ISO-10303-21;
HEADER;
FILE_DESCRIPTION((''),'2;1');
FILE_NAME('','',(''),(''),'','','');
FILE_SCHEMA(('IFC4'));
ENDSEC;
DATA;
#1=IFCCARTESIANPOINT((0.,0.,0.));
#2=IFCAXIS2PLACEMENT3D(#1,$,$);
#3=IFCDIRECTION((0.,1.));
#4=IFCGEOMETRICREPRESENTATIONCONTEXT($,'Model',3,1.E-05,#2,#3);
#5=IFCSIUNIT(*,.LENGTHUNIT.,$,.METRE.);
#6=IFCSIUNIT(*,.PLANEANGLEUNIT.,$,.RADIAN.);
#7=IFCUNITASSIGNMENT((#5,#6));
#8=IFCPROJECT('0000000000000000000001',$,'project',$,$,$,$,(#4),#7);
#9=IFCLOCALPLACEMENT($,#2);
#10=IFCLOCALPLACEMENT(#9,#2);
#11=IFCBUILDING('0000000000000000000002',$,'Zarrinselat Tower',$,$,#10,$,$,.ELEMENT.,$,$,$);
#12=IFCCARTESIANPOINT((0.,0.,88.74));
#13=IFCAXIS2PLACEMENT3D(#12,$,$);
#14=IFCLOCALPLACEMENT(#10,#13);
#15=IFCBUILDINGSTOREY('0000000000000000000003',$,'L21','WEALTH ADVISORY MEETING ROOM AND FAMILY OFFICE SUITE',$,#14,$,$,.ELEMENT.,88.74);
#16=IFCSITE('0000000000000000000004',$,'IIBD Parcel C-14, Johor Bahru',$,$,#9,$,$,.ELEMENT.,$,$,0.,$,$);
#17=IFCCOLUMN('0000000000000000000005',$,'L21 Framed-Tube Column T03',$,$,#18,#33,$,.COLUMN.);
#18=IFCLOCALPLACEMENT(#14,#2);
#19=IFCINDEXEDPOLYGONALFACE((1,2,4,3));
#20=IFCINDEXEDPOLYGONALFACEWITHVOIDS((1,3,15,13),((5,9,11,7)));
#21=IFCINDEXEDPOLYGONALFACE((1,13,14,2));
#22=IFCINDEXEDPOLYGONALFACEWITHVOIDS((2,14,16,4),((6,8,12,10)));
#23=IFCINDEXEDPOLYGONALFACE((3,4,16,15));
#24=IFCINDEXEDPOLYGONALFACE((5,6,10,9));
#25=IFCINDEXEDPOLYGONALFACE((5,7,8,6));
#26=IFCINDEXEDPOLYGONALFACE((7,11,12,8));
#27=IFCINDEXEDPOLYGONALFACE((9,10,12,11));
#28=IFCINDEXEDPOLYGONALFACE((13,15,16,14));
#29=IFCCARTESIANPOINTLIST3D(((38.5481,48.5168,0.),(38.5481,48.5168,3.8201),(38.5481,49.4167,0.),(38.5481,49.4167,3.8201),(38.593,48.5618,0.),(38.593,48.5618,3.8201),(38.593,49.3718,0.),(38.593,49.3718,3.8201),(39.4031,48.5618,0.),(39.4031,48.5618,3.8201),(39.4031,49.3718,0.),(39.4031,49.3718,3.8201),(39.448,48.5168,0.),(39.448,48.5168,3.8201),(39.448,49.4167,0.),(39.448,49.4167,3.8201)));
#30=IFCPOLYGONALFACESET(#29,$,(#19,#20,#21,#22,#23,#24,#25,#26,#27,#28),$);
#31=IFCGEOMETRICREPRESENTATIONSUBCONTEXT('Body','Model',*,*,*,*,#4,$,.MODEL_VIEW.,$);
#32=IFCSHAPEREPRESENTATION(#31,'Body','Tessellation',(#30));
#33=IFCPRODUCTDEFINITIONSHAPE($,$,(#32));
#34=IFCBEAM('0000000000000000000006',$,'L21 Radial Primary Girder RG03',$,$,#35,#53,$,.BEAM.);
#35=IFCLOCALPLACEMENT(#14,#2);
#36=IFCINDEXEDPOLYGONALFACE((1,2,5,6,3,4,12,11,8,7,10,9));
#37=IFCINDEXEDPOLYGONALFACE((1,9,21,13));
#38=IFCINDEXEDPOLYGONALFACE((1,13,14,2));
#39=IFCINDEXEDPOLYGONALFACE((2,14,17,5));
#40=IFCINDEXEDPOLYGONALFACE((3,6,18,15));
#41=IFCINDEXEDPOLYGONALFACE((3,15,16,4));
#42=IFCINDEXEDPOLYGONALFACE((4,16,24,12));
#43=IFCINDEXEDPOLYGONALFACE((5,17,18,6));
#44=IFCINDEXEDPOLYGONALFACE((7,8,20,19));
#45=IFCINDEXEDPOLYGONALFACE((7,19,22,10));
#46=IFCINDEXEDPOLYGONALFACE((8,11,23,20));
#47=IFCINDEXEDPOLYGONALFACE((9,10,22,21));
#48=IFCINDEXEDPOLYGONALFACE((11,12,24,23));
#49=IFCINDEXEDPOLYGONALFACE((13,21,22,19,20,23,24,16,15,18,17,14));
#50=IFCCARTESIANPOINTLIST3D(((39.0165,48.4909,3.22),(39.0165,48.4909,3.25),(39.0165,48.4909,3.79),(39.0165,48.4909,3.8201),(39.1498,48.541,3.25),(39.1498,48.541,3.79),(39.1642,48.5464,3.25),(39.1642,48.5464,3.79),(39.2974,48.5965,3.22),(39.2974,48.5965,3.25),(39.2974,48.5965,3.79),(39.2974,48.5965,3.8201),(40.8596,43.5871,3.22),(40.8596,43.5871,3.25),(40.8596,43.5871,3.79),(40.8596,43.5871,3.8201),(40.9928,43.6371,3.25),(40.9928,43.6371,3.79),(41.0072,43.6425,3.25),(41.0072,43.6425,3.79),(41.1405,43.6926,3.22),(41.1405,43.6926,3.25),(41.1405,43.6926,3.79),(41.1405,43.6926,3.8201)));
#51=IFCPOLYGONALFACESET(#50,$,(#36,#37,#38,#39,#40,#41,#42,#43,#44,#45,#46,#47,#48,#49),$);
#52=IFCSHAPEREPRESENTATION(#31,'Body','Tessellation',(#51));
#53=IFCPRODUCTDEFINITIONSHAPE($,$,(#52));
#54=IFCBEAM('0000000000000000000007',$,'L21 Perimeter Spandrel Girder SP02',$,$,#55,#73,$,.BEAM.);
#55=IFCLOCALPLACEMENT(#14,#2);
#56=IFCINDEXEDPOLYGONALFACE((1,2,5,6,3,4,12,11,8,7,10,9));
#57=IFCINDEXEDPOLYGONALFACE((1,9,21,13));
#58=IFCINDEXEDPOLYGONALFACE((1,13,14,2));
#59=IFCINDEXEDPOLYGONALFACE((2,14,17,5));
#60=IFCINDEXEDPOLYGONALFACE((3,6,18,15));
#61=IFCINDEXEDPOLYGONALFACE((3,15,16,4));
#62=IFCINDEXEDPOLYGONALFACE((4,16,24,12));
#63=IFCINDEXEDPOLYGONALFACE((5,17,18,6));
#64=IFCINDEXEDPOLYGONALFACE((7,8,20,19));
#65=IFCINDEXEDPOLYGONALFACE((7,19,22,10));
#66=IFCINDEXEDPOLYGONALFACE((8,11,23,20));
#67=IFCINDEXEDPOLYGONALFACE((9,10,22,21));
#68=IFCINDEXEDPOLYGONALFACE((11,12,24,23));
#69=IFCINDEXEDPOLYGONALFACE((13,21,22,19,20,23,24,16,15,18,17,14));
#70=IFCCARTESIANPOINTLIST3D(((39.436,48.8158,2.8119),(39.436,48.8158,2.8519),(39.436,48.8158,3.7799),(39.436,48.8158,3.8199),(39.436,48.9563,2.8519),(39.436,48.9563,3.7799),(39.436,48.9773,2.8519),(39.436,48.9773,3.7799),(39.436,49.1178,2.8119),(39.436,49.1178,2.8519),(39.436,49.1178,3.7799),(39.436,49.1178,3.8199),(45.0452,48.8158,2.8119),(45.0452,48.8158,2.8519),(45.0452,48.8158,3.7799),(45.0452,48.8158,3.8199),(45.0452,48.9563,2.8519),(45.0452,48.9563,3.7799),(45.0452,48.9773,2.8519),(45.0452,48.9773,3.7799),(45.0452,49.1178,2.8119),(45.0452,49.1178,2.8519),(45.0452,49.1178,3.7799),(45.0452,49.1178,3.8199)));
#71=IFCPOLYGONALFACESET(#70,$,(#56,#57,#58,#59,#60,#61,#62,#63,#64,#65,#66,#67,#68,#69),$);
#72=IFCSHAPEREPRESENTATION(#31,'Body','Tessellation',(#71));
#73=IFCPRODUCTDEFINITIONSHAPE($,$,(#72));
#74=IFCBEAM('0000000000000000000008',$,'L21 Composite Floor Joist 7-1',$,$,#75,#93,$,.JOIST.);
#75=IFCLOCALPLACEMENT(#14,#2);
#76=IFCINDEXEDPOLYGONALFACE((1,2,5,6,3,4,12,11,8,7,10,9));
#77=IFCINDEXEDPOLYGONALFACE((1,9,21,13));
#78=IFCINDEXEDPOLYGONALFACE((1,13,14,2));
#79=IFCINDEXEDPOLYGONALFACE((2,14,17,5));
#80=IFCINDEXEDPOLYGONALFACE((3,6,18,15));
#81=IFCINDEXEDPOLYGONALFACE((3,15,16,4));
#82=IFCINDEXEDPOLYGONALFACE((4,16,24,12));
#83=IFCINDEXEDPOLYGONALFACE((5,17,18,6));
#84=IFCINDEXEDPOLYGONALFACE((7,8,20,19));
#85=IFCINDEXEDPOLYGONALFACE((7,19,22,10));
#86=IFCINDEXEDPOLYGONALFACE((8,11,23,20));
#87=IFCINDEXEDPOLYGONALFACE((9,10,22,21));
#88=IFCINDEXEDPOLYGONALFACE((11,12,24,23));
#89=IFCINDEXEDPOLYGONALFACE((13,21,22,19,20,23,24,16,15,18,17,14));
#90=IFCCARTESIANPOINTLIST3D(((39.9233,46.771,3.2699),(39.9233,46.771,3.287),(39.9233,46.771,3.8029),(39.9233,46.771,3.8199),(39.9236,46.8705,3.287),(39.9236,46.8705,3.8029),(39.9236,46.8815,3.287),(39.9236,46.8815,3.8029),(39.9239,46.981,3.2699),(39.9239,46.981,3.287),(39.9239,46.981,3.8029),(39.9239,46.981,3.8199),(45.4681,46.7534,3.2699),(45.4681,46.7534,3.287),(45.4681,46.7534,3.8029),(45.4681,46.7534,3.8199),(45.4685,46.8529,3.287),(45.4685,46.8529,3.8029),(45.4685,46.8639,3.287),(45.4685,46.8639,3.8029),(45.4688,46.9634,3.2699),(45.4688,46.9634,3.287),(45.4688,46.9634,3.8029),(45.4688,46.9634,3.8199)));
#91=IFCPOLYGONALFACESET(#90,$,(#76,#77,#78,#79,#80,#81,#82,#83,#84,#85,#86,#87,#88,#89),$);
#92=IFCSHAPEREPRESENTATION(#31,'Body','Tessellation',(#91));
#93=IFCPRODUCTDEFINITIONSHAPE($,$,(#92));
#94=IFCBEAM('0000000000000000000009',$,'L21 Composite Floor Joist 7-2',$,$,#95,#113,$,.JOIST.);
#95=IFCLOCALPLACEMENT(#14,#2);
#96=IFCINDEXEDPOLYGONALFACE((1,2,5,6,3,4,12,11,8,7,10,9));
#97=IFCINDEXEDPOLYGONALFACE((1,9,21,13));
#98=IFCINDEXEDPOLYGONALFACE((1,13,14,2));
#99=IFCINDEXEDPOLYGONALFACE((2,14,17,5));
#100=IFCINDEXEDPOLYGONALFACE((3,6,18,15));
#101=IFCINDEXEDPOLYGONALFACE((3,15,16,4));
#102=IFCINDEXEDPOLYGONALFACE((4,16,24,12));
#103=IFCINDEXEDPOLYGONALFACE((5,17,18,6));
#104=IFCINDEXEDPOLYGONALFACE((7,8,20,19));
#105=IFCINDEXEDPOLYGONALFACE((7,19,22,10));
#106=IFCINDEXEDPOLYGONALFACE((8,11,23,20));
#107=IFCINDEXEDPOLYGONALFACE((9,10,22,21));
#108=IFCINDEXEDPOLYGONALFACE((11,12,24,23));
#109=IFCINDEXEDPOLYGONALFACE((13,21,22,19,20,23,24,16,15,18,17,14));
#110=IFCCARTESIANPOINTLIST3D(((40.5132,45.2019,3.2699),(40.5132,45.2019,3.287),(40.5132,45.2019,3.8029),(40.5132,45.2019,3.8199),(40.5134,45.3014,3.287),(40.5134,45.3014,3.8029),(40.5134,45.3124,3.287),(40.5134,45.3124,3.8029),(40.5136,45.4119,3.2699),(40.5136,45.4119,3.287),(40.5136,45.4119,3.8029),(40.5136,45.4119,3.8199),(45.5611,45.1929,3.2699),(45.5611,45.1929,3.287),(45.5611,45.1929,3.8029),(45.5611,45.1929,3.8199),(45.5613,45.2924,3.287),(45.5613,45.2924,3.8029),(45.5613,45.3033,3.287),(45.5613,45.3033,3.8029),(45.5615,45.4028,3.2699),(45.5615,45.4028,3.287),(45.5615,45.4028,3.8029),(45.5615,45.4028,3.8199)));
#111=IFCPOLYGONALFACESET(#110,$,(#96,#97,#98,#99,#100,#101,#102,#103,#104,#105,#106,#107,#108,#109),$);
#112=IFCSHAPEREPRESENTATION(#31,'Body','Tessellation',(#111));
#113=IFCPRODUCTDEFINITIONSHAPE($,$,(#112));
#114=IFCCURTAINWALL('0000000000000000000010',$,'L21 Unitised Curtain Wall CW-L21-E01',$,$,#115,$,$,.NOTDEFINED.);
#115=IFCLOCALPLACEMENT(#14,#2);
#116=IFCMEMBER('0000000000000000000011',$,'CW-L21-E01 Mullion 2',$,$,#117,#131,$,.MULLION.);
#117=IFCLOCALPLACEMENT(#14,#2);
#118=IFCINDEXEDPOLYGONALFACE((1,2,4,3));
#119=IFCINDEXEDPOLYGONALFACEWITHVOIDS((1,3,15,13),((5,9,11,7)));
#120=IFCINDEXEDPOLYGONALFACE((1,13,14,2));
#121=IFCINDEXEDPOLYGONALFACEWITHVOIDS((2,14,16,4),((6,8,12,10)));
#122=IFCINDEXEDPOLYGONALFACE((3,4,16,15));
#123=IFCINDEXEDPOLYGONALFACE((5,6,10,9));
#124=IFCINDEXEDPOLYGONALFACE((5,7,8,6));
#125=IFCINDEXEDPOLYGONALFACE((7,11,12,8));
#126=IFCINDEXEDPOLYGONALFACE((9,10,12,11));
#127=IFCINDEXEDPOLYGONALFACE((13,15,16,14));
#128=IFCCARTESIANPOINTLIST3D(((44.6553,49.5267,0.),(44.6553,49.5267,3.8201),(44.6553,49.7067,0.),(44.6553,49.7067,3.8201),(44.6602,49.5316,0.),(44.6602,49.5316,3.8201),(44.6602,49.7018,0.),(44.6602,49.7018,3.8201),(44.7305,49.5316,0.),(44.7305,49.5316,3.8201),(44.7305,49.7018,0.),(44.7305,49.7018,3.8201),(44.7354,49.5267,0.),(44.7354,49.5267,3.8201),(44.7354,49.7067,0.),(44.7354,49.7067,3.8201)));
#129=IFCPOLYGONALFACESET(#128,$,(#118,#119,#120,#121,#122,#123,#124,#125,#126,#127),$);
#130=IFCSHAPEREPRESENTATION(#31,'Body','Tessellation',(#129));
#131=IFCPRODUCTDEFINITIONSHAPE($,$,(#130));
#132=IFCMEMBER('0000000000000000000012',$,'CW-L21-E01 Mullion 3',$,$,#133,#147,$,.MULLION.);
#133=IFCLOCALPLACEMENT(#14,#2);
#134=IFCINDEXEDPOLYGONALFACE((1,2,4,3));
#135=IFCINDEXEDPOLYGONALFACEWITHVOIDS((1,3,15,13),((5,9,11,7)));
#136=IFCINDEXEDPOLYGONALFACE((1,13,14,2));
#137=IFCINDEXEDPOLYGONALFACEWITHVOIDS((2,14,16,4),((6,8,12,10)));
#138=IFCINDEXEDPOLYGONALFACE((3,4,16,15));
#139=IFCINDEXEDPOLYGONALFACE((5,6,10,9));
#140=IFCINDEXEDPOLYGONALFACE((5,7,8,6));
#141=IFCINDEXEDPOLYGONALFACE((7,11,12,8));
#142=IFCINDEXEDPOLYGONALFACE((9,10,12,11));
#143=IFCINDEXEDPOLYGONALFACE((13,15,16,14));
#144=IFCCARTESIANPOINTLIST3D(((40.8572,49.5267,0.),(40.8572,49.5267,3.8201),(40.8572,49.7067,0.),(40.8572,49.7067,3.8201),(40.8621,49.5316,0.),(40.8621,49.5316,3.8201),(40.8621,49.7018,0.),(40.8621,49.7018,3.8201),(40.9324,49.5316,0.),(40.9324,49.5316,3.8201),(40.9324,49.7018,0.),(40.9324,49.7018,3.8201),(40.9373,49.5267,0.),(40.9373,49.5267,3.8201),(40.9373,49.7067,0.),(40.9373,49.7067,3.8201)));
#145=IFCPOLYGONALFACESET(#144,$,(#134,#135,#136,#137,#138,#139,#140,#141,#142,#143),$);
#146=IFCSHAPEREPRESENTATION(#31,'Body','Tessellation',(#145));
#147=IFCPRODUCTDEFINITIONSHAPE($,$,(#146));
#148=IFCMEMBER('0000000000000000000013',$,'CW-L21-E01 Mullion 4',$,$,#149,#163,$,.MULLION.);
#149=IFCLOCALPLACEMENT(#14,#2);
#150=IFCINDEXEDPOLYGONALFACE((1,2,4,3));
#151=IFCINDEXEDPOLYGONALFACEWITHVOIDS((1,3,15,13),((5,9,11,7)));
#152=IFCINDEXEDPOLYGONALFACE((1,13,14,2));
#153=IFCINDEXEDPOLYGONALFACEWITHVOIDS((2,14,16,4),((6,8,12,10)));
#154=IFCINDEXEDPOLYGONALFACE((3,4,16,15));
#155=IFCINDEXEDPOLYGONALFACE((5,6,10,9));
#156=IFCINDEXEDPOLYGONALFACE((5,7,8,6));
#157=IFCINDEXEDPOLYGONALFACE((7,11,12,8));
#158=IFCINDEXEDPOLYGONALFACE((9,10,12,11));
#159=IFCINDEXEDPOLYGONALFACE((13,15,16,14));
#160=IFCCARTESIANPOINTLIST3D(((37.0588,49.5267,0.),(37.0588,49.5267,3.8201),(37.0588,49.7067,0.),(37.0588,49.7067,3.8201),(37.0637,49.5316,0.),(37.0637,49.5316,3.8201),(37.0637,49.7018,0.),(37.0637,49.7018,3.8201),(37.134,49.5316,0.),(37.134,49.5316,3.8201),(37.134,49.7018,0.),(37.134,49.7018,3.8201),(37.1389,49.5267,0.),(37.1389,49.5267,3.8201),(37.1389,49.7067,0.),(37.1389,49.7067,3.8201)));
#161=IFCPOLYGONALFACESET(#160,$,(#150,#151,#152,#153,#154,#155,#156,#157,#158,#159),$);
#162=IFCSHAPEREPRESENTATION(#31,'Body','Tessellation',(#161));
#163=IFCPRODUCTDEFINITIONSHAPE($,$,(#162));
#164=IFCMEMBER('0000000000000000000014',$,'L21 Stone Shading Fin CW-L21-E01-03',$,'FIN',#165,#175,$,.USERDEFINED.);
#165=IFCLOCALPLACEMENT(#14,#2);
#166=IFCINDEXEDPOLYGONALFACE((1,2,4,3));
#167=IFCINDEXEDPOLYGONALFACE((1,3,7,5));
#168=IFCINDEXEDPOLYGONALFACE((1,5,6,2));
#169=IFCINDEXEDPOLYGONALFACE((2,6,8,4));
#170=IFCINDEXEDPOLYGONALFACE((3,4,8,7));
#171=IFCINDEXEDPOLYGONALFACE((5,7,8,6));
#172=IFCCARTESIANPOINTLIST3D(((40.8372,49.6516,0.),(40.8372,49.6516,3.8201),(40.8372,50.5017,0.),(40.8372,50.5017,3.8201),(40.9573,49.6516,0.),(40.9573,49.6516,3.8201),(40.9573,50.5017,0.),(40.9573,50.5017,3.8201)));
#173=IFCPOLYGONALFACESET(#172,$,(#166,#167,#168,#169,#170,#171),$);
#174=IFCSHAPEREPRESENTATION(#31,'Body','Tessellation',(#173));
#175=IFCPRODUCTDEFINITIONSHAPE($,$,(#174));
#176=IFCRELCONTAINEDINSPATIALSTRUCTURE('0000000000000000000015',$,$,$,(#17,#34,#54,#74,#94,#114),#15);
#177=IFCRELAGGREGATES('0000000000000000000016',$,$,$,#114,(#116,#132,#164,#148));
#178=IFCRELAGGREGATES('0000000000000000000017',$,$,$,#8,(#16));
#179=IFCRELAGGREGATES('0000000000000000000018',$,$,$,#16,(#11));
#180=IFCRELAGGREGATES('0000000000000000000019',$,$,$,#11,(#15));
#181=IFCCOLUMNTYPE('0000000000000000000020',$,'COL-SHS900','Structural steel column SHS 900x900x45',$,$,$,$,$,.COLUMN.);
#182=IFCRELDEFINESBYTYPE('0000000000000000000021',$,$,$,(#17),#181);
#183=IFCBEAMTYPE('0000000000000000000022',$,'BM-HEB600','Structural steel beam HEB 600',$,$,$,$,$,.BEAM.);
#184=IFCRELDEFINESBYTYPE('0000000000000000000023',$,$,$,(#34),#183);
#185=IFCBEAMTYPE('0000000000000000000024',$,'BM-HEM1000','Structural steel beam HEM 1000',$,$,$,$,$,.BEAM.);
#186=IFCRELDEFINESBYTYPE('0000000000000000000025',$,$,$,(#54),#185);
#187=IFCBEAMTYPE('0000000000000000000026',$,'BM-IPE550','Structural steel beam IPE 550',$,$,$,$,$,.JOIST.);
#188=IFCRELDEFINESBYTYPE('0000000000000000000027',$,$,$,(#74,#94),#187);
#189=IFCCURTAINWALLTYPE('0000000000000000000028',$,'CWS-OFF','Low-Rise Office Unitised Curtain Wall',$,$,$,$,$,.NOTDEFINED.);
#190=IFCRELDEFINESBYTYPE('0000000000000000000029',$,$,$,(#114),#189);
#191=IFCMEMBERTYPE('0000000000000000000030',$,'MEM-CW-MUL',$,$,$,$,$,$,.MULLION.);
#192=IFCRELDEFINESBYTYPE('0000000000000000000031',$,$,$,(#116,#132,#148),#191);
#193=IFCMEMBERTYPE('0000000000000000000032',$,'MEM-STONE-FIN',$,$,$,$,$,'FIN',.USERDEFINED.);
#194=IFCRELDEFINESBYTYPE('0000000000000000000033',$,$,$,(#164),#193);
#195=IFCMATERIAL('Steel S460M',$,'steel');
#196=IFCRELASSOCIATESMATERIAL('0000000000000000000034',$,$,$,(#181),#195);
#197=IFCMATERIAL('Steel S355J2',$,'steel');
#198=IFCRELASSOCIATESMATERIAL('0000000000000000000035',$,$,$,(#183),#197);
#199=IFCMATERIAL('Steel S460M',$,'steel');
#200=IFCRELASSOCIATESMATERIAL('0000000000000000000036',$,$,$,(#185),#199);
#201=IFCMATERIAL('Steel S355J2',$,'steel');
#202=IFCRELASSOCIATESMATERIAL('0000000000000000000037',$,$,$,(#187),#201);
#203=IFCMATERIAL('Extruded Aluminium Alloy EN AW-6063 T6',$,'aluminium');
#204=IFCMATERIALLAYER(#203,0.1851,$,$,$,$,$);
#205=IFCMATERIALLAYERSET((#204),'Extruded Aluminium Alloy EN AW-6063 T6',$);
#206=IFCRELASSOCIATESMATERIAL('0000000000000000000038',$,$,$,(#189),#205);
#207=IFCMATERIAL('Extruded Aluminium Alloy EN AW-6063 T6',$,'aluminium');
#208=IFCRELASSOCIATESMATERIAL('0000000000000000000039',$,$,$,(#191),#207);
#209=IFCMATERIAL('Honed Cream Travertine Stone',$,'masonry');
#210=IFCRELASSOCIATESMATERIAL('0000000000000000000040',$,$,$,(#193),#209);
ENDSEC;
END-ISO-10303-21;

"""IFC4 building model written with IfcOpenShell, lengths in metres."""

from ifc_helpers import new_model, si_unit, direction, frame, origin, origin_2d, place, context, subcontext, project, spatial, rectangle, hollow_rectangle, i_section, extrude, material, layer, layer_set, material_profile, profile_set, type_object, element, aggregate, save


model = new_model("IFC4")

# Units and contexts
model_context = context("Model", 3, precision=1e-05, world=origin(), true_north=direction((0.0, 1.0)))
body_context = subcontext(model_context, "Body", "Model", "MODEL_VIEW")
ifc_project = project(units=[si_unit("LENGTHUNIT", "METRE"), si_unit("PLANEANGLEUNIT", "RADIAN")], contexts=[model_context])

# Site, building, storey
site_placement = place(None, origin())
site = spatial("IfcSite", under=ifc_project, at=site_placement, Name="IIBD Parcel C-14, Johor Bahru", CompositionType="ELEMENT", RefElevation=0.0)
building_placement = place(site_placement, origin())
building = spatial("IfcBuilding", under=site, at=building_placement, Name="Zarrinselat Tower", CompositionType="ELEMENT")
storey_placement = place(building_placement, frame((0.0, 0.0, 88.74)))
storey = spatial("IfcBuildingStorey", under=building, at=storey_placement, Name="L21", Description="WEALTH ADVISORY MEETING ROOM AND FAMILY OFFICE SUITE", CompositionType="ELEMENT", Elevation=88.74)

# Column
ifc_material_1 = material(Name="Steel S460M", Category="steel")
ifc_material_profile_1 = material_profile(ifc_material_1, hollow_rectangle(XDim=0.8999, YDim=0.8999, WallThickness=0.0449, at=origin_2d()), Name="SHS 900x900x45")
ifc_profile_set_1 = profile_set([ifc_material_profile_1], Name="Steel S460M")
column_type = type_object("IfcColumnType", Name="COL-SHS900", Description="Structural steel column SHS 900x900x45", PredefinedType="COLUMN", material=ifc_profile_set_1)
column_placement = place(storey_placement, frame((38.998, 48.9668, 0.0), z_axis=(0.0, 0.0, 1.0), x_axis=(1.0, 0.0, 0.0)))
element("IfcColumn", 1, at=column_placement, inside=storey, type_object=column_type, Name="L21 Framed-Tube Column T03", PredefinedType="COLUMN", context=body_context, shape_type="SweptSolid", body=[
    extrude(hollow_rectangle(XDim=0.8999, YDim=0.8999, WallThickness=0.0449, at=origin_2d()), origin(), (0.0, 0.0, 1.0), 3.8201),
])

# Beams
ifc_material_2 = material(Name="Steel S355J2", Category="steel")
ifc_material_profile_2 = material_profile(ifc_material_2, i_section(OverallWidth=0.3, OverallDepth=0.6001, WebThickness=0.0154, FlangeThickness=0.03, at=origin_2d()), Name="HEB 600")
ifc_profile_set_2 = profile_set([ifc_material_profile_2], Name="Steel S355J2")
beam_type_1 = type_object("IfcBeamType", Name="BM-HEB600", Description="Structural steel beam HEB 600", PredefinedType="BEAM", material=ifc_profile_set_2)
beam_1_placement = place(storey_placement, frame((39.157, 48.5437, 3.52), z_axis=(0.351808, -0.936072, 0.0), x_axis=(0.936072, 0.351808, 0.0)))
element("IfcBeam", 2, at=beam_1_placement, inside=storey, type_object=beam_type_1, Name="L21 Radial Primary Girder RG03", PredefinedType="BEAM", context=body_context, shape_type="SweptSolid", body=[
    extrude(i_section(OverallWidth=0.3, OverallDepth=0.6001, WebThickness=0.0154, FlangeThickness=0.03, at=origin_2d()), origin(), (0.0, 0.0, 1.0), 5.2388),
])
ifc_material_3 = material(Name="Steel S460M", Category="steel")
ifc_material_profile_3 = material_profile(ifc_material_3, i_section(OverallWidth=0.302, OverallDepth=1.0081, WebThickness=0.021, FlangeThickness=0.04, at=origin_2d()), Name="HEM 1000")
ifc_profile_set_3 = profile_set([ifc_material_profile_3], Name="Steel S460M")
beam_type_2 = type_object("IfcBeamType", Name="BM-HEM1000", Description="Structural steel beam HEM 1000", PredefinedType="BEAM", material=ifc_profile_set_3)
beam_2_placement = place(storey_placement, frame((39.436, 48.9668, 3.3159), z_axis=(1.0, 0.0, 0.0), x_axis=(0.0, 1.0, 0.0)))
element("IfcBeam", 3, at=beam_2_placement, inside=storey, type_object=beam_type_2, Name="L21 Perimeter Spandrel Girder SP02", PredefinedType="BEAM", context=body_context, shape_type="SweptSolid", body=[
    extrude(i_section(OverallWidth=0.302, OverallDepth=1.0081, WebThickness=0.021, FlangeThickness=0.04, at=origin_2d()), origin(), (0.0, 0.0, 1.0), 5.6091),
])
ifc_material_4 = material(Name="Steel S355J2", Category="steel")
ifc_material_profile_4 = material_profile(ifc_material_4, i_section(OverallWidth=0.21, OverallDepth=0.55, WebThickness=0.011, FlangeThickness=0.0171, at=origin_2d()), Name="IPE 550")
ifc_profile_set_4 = profile_set([ifc_material_profile_4], Name="Steel S355J2")
beam_type_3 = type_object("IfcBeamType", Name="BM-IPE550", Description="Structural steel beam IPE 550", PredefinedType="JOIST", material=ifc_profile_set_4)
beam_3_placement = place(storey_placement, frame((39.9236, 46.876, 3.5449), z_axis=(0.999995, -0.00317, 0.0), x_axis=(0.00317, 0.999995, 0.0)))
element("IfcBeam", 4, at=beam_3_placement, inside=storey, type_object=beam_type_3, Name="L21 Composite Floor Joist 7-1", PredefinedType="JOIST", context=body_context, shape_type="SweptSolid", body=[
    extrude(i_section(OverallWidth=0.21, OverallDepth=0.55, WebThickness=0.011, FlangeThickness=0.0171, at=origin_2d()), origin(), (0.0, 0.0, 1.0), 5.5449),
])
beam_4_placement = place(storey_placement, frame((40.5134, 45.3069, 3.5449), z_axis=(0.999998, -0.00179, 0.0), x_axis=(0.00179, 0.999998, 0.0)))
element("IfcBeam", 5, at=beam_4_placement, inside=storey, type_object=beam_type_3, Name="L21 Composite Floor Joist 7-2", PredefinedType="JOIST", context=body_context, shape_type="SweptSolid", body=[
    extrude(i_section(OverallWidth=0.21, OverallDepth=0.55, WebThickness=0.011, FlangeThickness=0.0171, at=origin_2d()), origin(), (0.0, 0.0, 1.0), 5.0479),
])

# Curtain wall, members
ifc_material_5 = material(Name="Extruded Aluminium Alloy EN AW-6063 T6", Category="aluminium")
ifc_layer_1 = layer(ifc_material_5, 0.1851)
ifc_layer_set_1 = layer_set([ifc_layer_1], Name="Extruded Aluminium Alloy EN AW-6063 T6")
curtain_wall_type = type_object("IfcCurtainWallType", Name="CWS-OFF", Description="Low-Rise Office Unitised Curtain Wall", PredefinedType="NOTDEFINED", material=ifc_layer_set_1)
curtain_wall_placement = place(storey_placement, origin())
curtain_wall = element("IfcCurtainWall", 6, at=curtain_wall_placement, inside=storey, type_object=curtain_wall_type, Name="L21 Unitised Curtain Wall CW-L21-E01", PredefinedType="NOTDEFINED")
ifc_material_6 = material(Name="Extruded Aluminium Alloy EN AW-6063 T6", Category="aluminium")
ifc_material_profile_5 = material_profile(ifc_material_6, hollow_rectangle(XDim=0.0801, YDim=0.1799, WallThickness=0.0049, at=origin_2d()), Name="RHS 180x80x5")
ifc_profile_set_5 = profile_set([ifc_material_profile_5], Name="Extruded Aluminium Alloy EN AW-6063 T6")
member_type_1 = type_object("IfcMemberType", Name="MEM-CW-MUL", PredefinedType="MULLION", material=ifc_profile_set_5)
member_1_placement = place(storey_placement, frame((44.6953, 49.6167, 0.0), z_axis=(0.0, 0.0, 1.0), x_axis=(-1.0, 0.0, 0.0)))
member_1 = element("IfcMember", 7, at=member_1_placement, type_object=member_type_1, Name="CW-L21-E01 Mullion 2", PredefinedType="MULLION", context=body_context, shape_type="SweptSolid", body=[
    extrude(hollow_rectangle(XDim=0.0801, YDim=0.1799, WallThickness=0.0049, at=origin_2d()), origin(), (0.0, 0.0, 1.0), 3.8201),
])
member_2_placement = place(storey_placement, frame((40.8972, 49.6167, 0.0), z_axis=(0.0, 0.0, 1.0), x_axis=(-1.0, 0.0, 0.0)))
member_2 = element("IfcMember", 8, at=member_2_placement, type_object=member_type_1, Name="CW-L21-E01 Mullion 3", PredefinedType="MULLION", context=body_context, shape_type="SweptSolid", body=[
    extrude(hollow_rectangle(XDim=0.0801, YDim=0.1799, WallThickness=0.0049, at=origin_2d()), origin(), (0.0, 0.0, 1.0), 3.8201),
])
member_3_placement = place(storey_placement, frame((37.0989, 49.6167, 0.0), z_axis=(0.0, 0.0, 1.0), x_axis=(-1.0, 0.0, 0.0)))
member_3 = element("IfcMember", 9, at=member_3_placement, type_object=member_type_1, Name="CW-L21-E01 Mullion 4", PredefinedType="MULLION", context=body_context, shape_type="SweptSolid", body=[
    extrude(hollow_rectangle(XDim=0.0801, YDim=0.1799, WallThickness=0.0049, at=origin_2d()), origin(), (0.0, 0.0, 1.0), 3.8201),
])
ifc_material_7 = material(Name="Honed Cream Travertine Stone", Category="masonry")
ifc_material_profile_6 = material_profile(ifc_material_7, rectangle(XDim=0.1201, YDim=0.8501, at=origin_2d()), Name="FIN 850x120")
ifc_profile_set_6 = profile_set([ifc_material_profile_6], Name="Honed Cream Travertine Stone")
member_type_2 = type_object("IfcMemberType", Name="MEM-STONE-FIN", ElementType="FIN", PredefinedType="USERDEFINED", material=ifc_profile_set_6)
member_4_placement = place(storey_placement, frame((40.8972, 50.0767, 0.0), z_axis=(0.0, 0.0, 1.0), x_axis=(1.0, 0.0, 0.0)))
member_4 = element("IfcMember", 10, at=member_4_placement, type_object=member_type_2, Name="L21 Stone Shading Fin CW-L21-E01-03", ObjectType="FIN", PredefinedType="USERDEFINED", context=body_context, shape_type="SweptSolid", body=[
    extrude(rectangle(XDim=0.1201, YDim=0.8501, at=origin_2d()), origin(), (0.0, 0.0, 1.0), 3.8201),
])
aggregate(curtain_wall, [member_1, member_2, member_4, member_3])

save(model, "model.ifc")
